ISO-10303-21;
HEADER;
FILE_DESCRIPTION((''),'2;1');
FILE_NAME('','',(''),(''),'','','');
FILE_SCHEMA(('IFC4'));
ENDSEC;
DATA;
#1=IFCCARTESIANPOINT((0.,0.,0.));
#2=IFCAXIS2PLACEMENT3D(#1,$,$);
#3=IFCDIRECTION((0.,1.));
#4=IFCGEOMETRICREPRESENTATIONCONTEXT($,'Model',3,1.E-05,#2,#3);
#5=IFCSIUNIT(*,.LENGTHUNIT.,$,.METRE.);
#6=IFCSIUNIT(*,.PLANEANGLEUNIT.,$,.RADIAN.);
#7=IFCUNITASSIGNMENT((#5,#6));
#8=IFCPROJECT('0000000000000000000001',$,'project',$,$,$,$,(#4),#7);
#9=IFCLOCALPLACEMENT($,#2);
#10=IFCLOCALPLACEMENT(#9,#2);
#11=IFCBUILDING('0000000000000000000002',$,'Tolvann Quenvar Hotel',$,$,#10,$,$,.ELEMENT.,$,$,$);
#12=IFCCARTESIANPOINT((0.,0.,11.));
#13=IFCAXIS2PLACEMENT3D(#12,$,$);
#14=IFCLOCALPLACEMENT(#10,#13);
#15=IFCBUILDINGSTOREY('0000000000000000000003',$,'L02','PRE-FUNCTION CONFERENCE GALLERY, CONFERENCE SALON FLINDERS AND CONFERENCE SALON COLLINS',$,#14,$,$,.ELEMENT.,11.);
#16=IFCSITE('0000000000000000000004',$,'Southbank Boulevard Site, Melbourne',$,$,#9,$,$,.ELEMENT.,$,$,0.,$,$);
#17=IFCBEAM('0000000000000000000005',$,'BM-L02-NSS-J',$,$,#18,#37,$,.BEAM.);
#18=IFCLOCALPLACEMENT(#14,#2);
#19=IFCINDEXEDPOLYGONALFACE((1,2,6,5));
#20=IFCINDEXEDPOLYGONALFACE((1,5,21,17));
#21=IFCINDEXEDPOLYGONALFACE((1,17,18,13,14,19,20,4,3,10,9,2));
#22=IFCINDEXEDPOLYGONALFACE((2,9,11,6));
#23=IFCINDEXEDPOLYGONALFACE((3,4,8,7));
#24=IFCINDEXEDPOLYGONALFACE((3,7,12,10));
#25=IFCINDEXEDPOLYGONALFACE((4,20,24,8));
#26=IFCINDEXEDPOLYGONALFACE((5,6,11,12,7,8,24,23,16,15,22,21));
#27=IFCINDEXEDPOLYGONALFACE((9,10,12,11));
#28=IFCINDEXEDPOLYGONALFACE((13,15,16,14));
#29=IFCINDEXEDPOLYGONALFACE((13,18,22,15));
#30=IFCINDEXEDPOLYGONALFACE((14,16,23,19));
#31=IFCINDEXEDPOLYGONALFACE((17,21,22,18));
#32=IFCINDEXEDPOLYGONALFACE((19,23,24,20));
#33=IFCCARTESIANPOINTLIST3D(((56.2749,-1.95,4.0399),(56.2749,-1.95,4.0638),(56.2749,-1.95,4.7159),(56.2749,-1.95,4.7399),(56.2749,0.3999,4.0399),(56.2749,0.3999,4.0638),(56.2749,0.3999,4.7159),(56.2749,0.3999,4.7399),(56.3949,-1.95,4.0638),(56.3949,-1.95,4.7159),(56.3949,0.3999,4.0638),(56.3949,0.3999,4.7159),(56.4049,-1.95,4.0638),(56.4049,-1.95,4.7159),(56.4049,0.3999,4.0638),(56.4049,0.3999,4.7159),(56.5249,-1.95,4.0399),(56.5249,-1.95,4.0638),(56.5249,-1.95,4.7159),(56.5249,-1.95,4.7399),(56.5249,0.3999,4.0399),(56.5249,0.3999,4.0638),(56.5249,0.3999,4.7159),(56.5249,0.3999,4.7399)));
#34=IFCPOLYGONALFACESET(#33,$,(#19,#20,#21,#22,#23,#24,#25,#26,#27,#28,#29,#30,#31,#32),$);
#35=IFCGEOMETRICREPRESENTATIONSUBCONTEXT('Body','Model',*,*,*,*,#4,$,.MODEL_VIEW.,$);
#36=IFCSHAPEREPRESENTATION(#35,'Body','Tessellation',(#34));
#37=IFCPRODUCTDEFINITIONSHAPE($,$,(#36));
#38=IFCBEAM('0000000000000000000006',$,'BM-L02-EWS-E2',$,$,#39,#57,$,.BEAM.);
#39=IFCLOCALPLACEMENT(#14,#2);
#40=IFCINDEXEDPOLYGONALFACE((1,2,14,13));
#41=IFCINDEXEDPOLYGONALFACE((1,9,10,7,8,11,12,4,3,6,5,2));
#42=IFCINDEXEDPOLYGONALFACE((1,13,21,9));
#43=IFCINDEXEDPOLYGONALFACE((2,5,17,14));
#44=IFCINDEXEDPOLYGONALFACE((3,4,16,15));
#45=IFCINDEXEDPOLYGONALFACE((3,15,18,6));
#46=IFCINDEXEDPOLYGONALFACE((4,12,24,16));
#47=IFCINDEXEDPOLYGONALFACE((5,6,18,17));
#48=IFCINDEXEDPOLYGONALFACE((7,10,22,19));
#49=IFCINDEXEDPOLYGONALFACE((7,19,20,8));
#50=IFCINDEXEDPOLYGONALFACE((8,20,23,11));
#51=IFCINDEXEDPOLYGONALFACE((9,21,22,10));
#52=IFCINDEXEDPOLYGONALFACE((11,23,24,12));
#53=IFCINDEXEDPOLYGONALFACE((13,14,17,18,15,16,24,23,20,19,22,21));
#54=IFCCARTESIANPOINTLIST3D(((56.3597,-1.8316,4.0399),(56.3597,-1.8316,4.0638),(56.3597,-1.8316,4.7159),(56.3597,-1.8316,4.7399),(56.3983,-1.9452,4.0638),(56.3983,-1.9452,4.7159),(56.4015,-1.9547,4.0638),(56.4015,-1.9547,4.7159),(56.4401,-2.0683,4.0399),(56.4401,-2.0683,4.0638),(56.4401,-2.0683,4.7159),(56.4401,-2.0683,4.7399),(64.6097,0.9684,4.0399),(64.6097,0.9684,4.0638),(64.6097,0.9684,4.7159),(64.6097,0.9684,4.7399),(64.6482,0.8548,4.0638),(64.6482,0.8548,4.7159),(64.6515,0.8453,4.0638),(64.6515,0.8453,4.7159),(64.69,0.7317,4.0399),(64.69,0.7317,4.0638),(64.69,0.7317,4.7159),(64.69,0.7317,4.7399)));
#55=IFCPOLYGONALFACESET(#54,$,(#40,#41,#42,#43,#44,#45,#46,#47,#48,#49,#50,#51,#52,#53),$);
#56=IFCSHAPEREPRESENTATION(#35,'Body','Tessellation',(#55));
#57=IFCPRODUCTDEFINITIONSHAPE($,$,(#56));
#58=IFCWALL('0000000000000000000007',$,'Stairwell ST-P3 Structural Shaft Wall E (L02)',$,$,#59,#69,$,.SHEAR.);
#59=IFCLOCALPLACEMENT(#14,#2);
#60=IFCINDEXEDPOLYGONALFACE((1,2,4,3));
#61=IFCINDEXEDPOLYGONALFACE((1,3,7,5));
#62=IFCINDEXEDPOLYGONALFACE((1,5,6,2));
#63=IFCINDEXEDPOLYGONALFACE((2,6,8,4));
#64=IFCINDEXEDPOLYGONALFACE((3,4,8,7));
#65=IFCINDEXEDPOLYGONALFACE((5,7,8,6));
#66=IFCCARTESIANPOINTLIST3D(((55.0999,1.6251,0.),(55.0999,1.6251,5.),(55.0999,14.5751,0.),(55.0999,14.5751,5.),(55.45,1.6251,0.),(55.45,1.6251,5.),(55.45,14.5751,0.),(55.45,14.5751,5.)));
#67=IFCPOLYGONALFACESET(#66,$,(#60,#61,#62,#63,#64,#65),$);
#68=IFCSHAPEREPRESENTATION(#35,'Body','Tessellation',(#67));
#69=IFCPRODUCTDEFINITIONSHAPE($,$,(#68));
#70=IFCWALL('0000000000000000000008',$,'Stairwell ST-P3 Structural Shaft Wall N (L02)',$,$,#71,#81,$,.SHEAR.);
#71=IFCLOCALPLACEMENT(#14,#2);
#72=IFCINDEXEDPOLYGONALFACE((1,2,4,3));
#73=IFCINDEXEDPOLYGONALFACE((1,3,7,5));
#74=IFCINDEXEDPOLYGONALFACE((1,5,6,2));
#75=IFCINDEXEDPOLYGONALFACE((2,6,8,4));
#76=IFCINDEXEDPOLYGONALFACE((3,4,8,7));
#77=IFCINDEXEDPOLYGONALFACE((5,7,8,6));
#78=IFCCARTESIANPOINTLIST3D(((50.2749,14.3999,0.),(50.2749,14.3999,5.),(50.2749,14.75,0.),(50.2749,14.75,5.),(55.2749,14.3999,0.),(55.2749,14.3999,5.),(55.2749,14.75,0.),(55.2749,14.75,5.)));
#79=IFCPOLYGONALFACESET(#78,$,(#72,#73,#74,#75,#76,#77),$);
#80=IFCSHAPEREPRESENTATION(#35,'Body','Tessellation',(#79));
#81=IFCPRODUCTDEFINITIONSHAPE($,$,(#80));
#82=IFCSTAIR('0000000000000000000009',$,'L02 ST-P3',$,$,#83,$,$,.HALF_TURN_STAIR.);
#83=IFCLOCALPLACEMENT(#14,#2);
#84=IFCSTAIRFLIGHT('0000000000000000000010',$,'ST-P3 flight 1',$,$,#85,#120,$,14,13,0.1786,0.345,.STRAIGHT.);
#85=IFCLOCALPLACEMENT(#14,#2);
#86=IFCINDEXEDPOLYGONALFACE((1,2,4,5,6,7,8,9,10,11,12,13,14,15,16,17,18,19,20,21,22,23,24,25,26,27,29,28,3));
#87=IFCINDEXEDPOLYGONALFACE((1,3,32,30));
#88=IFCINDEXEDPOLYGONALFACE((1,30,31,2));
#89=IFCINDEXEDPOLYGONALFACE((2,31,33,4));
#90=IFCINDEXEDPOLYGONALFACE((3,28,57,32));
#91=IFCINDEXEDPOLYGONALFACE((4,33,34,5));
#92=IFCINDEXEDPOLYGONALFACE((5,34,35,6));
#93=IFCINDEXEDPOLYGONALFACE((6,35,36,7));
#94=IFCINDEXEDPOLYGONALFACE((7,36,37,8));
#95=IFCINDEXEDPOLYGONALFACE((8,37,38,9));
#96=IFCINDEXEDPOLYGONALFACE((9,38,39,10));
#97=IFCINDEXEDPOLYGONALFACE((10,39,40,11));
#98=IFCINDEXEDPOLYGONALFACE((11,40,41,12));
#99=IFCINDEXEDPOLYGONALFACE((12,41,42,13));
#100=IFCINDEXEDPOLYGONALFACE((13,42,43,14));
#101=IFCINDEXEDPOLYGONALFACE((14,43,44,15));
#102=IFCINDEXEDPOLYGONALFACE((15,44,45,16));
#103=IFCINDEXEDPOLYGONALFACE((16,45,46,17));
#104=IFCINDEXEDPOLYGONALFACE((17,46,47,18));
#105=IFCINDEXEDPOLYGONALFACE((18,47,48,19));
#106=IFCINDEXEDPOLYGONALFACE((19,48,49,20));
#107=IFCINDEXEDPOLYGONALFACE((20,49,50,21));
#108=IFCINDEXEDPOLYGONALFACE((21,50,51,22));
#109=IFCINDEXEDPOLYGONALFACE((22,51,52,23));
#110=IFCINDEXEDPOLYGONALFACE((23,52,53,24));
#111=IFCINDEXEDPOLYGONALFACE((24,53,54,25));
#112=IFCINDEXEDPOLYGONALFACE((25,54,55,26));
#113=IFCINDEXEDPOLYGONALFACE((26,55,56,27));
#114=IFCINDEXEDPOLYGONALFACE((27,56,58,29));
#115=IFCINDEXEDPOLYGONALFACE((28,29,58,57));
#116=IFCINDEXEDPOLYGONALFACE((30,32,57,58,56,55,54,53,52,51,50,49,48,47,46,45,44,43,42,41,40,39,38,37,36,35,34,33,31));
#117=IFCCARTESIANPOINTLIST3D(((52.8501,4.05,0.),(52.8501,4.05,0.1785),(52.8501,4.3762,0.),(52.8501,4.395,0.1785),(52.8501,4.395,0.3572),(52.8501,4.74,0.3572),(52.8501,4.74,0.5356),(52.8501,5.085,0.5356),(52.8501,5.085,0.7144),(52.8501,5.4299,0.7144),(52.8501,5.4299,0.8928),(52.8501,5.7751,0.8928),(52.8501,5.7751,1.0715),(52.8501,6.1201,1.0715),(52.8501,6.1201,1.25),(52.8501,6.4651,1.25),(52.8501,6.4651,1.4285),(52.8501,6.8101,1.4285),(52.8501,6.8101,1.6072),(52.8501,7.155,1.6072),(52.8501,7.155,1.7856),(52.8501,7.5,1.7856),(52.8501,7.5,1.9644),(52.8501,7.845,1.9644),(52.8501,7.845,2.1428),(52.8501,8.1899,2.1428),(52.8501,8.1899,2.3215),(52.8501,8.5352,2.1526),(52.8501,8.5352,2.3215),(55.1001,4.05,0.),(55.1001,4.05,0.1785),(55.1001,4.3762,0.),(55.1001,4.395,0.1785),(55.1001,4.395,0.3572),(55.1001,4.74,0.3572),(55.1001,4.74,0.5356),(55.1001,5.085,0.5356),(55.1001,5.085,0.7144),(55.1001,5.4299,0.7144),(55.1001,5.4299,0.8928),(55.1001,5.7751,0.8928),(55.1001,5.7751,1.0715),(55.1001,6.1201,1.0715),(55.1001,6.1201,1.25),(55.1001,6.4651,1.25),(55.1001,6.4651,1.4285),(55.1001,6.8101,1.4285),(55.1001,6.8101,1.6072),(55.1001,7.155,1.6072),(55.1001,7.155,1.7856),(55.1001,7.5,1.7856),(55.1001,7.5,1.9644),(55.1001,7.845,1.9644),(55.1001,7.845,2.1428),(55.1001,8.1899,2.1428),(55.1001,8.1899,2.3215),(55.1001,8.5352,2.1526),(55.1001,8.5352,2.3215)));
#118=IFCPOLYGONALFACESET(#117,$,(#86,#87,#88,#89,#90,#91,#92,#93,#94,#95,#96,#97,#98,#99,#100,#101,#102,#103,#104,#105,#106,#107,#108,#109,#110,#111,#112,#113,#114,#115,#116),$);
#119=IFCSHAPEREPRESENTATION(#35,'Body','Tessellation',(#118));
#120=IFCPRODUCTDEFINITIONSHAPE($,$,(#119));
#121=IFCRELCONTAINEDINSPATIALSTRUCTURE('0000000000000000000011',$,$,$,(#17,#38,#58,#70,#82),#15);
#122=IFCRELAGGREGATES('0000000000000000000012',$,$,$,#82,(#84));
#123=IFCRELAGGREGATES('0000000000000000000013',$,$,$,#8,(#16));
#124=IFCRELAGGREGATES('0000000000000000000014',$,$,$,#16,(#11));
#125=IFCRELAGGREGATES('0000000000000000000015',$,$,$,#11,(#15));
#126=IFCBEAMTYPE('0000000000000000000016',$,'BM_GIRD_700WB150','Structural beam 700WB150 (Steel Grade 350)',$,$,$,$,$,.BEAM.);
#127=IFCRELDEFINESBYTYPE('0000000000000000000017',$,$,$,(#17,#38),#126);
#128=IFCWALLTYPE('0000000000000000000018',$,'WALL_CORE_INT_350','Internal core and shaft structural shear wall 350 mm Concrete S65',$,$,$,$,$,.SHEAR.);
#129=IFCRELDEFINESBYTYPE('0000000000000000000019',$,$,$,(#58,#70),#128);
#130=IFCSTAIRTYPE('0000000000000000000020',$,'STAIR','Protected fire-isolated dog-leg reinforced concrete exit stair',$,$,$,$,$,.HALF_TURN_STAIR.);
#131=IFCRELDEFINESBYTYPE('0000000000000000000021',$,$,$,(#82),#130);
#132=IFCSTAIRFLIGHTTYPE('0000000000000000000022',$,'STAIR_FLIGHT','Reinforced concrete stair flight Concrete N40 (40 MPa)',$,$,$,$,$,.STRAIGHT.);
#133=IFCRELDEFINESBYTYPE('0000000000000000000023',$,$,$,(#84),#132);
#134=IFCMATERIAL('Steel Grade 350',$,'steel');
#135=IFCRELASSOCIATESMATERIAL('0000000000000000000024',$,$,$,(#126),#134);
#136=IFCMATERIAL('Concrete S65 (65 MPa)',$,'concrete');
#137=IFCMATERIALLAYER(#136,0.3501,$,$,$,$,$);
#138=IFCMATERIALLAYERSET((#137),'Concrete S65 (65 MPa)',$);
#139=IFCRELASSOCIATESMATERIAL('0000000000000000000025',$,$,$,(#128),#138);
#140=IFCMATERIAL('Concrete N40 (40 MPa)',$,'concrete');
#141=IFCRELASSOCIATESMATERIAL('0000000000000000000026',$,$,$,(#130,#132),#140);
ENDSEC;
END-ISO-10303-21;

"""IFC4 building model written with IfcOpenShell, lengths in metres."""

from ifc_helpers import new_model, si_unit, direction, frame, frame_2d, origin, origin_2d, place, context, subcontext, project, spatial, polyline, rectangle, i_section, outline, extrude, source, transform, mapped, material, layer, layer_set, material_profile, profile_set, type_object, element, aggregate, save


model = new_model("IFC4")

# Units and contexts
model_context = context("Model", 3, precision=1e-05, world=origin(), true_north=direction((0.0, 1.0)))
body_context = subcontext(model_context, "Body", "Model", "MODEL_VIEW")
ifc_project = project(units=[si_unit("LENGTHUNIT", "METRE"), si_unit("PLANEANGLEUNIT", "RADIAN")], contexts=[model_context])

# Site, building, storey
site_placement = place(None, origin())
site = spatial("IfcSite", under=ifc_project, at=site_placement, Name="Southbank Boulevard Site, Melbourne", CompositionType="ELEMENT", RefElevation=0.0)
building_placement = place(site_placement, origin())
building = spatial("IfcBuilding", under=site, at=building_placement, Name="Tolvann Quenvar Hotel", CompositionType="ELEMENT")
storey_placement = place(building_placement, frame((0.0, 0.0, 11.0)))
storey = spatial("IfcBuildingStorey", under=building, at=storey_placement, Name="L02", Description="PRE-FUNCTION CONFERENCE GALLERY, CONFERENCE SALON FLINDERS AND CONFERENCE SALON COLLINS", CompositionType="ELEMENT", Elevation=11.0)

# Beams
ifc_material_1 = material(Name="Steel Grade 350", Category="steel")
ifc_material_profile_1 = material_profile(ifc_material_1, i_section(OverallWidth=0.25, OverallDepth=0.7, WebThickness=0.01, FlangeThickness=0.0239, at=origin_2d()), Name="700WB150")
ifc_profile_set_1 = profile_set([ifc_material_profile_1], Name="Steel Grade 350")
beam_type_1 = type_object("IfcBeamType", Name="BM_GIRD_700WB150", Description="Structural beam 700WB150 (Steel Grade 350)", PredefinedType="BEAM", material=ifc_profile_set_1)
shared_shape_1 = source(origin(), body_context, "Body", "SweptSolid", [
    extrude(i_section(OverallWidth=0.25, OverallDepth=0.7, WebThickness=0.01, FlangeThickness=0.0239, at=origin_2d()), origin(), (0.0, 0.0, 1.0), 2.3499),
])
beam_1_placement = place(storey_placement, frame((56.3999, -1.95, 4.3899), z_axis=(0.0, 1.0, 0.0), x_axis=(-1.0, 0.0, 0.0)))
element("IfcBeam", 1, at=beam_1_placement, inside=storey, type_object=beam_type_1, Name="BM-L02-NSS-J", PredefinedType="BEAM", context=body_context, shape_type="MappedRepresentation", body=[
    mapped(shared_shape_1, transform((0.0, 0.0, 0.0), x_axis=(1.0, 0.0, 0.0), y_axis=(0.0, 1.0, 0.0), z_axis=(0.0, 0.0, 1.0), scale=1.0)),
])
shared_shape_2 = source(origin(), body_context, "Body", "SweptSolid", [
    extrude(i_section(OverallWidth=0.25, OverallDepth=0.7, WebThickness=0.01, FlangeThickness=0.0239, at=origin_2d()), origin(), (0.0, 0.0, 1.0), 8.7122),
])
beam_2_placement = place(storey_placement, frame((56.3999, -1.95, 4.3899), z_axis=(0.946946, 0.321393, 0.0), x_axis=(-0.321393, 0.946946, 0.0)))
element("IfcBeam", 2, at=beam_2_placement, inside=storey, type_object=beam_type_1, Name="BM-L02-EWS-E2", PredefinedType="BEAM", context=body_context, shape_type="MappedRepresentation", body=[
    mapped(shared_shape_2, transform((0.0, 0.0, 0.0), x_axis=(1.0, 0.0, 0.0), y_axis=(0.0, 1.0, 0.0), z_axis=(0.0, 0.0, 1.0), scale=1.0)),
])

# Walls
ifc_material_2 = material(Name="Concrete S65 (65 MPa)", Category="concrete")
ifc_layer = layer(ifc_material_2, 0.3501)
ifc_layer_set = layer_set([ifc_layer], Name="Concrete S65 (65 MPa)")
wall_type = type_object("IfcWallType", Name="WALL_CORE_INT_350", Description="Internal core and shaft structural shear wall 350 mm Concrete S65", PredefinedType="SHEAR", material=ifc_layer_set)
wall_1_placement = place(storey_placement, frame((55.2749, 1.625, 0.0), z_axis=(0.0, 0.0, 1.0), x_axis=(0.0, 1.0, 0.0)))
element("IfcWall", 3, at=wall_1_placement, inside=storey, type_object=wall_type, Name="Stairwell ST-P3 Structural Shaft Wall E (L02)", PredefinedType="SHEAR", context=body_context, shape_type="SweptSolid", body=[
    extrude(rectangle(XDim=12.95, YDim=0.3501, at=frame_2d((6.4751, 0.0))), origin(), (0.0, 0.0, 1.0), 5.0),
])
wall_2_placement = place(storey_placement, frame((55.2749, 14.575, 0.0), z_axis=(0.0, 0.0, 1.0), x_axis=(-1.0, 0.0, 0.0)))
element("IfcWall", 4, at=wall_2_placement, inside=storey, type_object=wall_type, Name="Stairwell ST-P3 Structural Shaft Wall N (L02)", PredefinedType="SHEAR", context=body_context, shape_type="SweptSolid", body=[
    extrude(rectangle(XDim=5.0, YDim=0.3501, at=frame_2d((2.5, 0.0))), origin(), (0.0, 0.0, 1.0), 5.0),
])

# Stair, stair flight
ifc_material_3 = material(Name="Concrete N40 (40 MPa)", Category="concrete")
stair_type = type_object("IfcStairType", Name="STAIR", Description="Protected fire-isolated dog-leg reinforced concrete exit stair", PredefinedType="HALF_TURN_STAIR", material=ifc_material_3)
stair_placement = place(storey_placement, origin())
stair = element("IfcStair", 5, at=stair_placement, inside=storey, type_object=stair_type, Name="L02 ST-P3", PredefinedType="HALF_TURN_STAIR")
stair_flight_type = type_object("IfcStairFlightType", Name="STAIR_FLIGHT", Description="Reinforced concrete stair flight Concrete N40 (40 MPa)", PredefinedType="STRAIGHT", material=ifc_material_3)
stair_flight_placement = place(storey_placement, frame((53.9751, 4.05, 0.0), z_axis=(0.0, 0.0, 1.0), x_axis=(0.0, 1.0, 0.0)))
stair_flight = element("IfcStairFlight", 6, at=stair_flight_placement, type_object=stair_flight_type, Name="ST-P3 flight 1", NumberOfRisers=14, NumberOfTreads=13, PredefinedType="STRAIGHT", RiserHeight=0.1786, TreadLength=0.345, context=body_context, shape_type="SweptSolid", body=[
    extrude(outline(polyline([(0.0, 0.0), (0.0, 0.1785), (0.345, 0.1785), (0.345, 0.3572), (0.6899, 0.3572), (0.6899, 0.5356), (1.0349, 0.5356), (1.0349, 0.7144), (1.3799, 0.7144), (1.3799, 0.8928), (1.7251, 0.8928), (1.7251, 1.0715), (2.0701, 1.0715), (2.0701, 1.25), (2.415, 1.25), (2.415, 1.4285), (2.76, 1.4285), (2.76, 1.6072), (3.105, 1.6072), (3.105, 1.7856), (3.45, 1.7856), (3.45, 1.9644), (3.7949, 1.9644), (3.7949, 2.1428), (4.1399, 2.1428), (4.1399, 2.3215), (4.4851, 2.3215), (4.4851, 2.5), (4.4851, 2.1526), (0.3262, 0.0), (0.0, 0.0)])), frame((0.0, 1.125, 0.0), z_axis=(0.0, -1.0, 0.0), x_axis=(1.0, 0.0, 0.0)), (0.0, 0.0, 1.0), 2.25),
])
aggregate(stair, [stair_flight])

save(model, "model.ifc")
